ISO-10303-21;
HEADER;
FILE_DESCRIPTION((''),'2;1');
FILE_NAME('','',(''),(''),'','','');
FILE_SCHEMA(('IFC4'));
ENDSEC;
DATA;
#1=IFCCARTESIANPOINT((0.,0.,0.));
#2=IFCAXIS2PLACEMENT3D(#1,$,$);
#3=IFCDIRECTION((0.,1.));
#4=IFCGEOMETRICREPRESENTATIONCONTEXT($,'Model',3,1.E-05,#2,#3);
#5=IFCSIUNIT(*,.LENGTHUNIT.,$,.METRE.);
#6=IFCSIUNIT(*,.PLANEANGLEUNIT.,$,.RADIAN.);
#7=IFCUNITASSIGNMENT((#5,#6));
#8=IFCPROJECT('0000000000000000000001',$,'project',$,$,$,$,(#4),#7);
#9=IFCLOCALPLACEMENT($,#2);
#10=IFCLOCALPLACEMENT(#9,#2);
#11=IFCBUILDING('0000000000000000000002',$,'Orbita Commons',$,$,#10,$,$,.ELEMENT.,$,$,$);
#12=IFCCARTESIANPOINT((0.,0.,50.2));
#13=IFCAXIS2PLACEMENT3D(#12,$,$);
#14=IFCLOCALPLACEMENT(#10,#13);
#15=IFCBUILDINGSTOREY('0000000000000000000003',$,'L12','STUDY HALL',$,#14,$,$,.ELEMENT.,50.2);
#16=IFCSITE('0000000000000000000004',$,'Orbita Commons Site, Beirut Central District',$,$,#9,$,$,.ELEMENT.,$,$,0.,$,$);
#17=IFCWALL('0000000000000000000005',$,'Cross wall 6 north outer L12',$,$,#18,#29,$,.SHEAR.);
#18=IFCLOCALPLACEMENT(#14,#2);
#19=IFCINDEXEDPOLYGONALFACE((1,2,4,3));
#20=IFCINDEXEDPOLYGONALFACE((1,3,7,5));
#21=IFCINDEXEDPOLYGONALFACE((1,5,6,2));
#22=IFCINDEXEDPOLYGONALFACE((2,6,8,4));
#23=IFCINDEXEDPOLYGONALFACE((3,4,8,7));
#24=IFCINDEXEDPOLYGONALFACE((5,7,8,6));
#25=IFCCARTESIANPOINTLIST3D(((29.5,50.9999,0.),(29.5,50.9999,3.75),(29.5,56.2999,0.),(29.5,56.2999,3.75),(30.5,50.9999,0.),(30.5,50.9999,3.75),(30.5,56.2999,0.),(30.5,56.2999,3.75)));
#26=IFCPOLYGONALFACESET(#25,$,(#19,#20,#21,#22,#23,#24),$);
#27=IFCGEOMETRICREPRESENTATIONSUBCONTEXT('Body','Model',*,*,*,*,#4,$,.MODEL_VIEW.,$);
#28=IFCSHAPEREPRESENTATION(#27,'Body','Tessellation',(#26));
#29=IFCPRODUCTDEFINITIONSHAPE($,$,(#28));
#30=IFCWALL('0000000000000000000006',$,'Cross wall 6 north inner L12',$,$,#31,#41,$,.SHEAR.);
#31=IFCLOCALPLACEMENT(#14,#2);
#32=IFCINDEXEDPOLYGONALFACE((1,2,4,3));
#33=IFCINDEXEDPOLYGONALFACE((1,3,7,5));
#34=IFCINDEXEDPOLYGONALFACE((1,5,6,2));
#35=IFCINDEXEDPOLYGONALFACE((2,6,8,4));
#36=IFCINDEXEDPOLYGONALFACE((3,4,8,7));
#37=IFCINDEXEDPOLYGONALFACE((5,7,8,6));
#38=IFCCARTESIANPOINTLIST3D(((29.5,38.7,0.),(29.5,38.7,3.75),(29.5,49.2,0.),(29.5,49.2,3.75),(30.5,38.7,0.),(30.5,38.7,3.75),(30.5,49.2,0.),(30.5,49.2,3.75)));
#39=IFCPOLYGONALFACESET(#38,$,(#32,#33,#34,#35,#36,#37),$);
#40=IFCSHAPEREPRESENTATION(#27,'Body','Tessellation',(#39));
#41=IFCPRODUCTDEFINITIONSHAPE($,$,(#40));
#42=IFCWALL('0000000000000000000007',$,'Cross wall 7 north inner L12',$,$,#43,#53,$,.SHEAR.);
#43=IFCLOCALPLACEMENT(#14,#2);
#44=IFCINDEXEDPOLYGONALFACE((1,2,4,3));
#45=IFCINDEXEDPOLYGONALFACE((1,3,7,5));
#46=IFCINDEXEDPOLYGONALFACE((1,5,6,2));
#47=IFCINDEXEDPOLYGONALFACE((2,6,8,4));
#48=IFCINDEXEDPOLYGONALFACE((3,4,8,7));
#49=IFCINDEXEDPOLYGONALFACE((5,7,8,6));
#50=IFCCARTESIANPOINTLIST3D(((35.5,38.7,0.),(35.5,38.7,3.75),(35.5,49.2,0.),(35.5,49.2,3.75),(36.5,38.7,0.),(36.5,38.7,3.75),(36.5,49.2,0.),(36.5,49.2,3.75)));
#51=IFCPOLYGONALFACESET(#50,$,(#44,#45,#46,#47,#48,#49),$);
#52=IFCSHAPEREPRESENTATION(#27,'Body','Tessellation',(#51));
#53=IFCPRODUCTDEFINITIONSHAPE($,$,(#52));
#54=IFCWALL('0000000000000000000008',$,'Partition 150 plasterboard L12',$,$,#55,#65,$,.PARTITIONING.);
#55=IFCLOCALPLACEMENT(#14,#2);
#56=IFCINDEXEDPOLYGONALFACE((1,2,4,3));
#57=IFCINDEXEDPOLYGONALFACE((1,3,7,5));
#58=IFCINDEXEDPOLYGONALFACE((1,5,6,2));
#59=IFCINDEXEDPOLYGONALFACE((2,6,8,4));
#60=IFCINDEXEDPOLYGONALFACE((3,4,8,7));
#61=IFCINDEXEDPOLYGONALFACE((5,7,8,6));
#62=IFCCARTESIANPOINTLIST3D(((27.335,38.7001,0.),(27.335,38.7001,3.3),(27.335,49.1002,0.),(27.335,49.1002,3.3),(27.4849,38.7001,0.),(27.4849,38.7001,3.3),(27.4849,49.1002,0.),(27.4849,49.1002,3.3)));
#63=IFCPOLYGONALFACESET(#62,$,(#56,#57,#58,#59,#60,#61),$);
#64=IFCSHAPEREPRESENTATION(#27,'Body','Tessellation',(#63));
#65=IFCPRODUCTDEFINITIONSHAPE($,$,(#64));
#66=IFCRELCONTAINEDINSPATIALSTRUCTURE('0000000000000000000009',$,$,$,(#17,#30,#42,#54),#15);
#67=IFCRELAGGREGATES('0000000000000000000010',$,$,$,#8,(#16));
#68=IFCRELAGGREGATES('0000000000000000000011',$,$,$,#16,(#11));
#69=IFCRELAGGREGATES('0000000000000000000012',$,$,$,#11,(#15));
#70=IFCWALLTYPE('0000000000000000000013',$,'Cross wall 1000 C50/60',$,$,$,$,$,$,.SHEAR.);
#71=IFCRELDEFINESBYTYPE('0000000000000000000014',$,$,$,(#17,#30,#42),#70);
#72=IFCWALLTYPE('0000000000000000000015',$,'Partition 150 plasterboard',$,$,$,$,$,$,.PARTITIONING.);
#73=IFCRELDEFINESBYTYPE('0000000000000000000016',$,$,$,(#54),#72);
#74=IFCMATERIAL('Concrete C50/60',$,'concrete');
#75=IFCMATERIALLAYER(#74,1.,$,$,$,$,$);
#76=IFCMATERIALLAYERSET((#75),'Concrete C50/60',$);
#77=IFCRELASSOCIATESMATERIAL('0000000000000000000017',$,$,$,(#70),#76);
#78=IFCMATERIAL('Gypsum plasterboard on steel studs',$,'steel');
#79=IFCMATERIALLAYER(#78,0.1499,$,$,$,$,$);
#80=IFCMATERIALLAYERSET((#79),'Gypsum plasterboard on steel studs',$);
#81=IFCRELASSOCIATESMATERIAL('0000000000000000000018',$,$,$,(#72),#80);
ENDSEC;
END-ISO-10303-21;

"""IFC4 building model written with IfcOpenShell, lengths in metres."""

from ifc_helpers import new_model, si_unit, direction, frame, frame_2d, origin, place, context, subcontext, project, spatial, rectangle, extrude, material, layer, layer_set, type_object, element, save


model = new_model("IFC4")

# Units and contexts
model_context = context("Model", 3, precision=1e-05, world=origin(), true_north=direction((0.0, 1.0)))
body_context = subcontext(model_context, "Body", "Model", "MODEL_VIEW")
ifc_project = project(units=[si_unit("LENGTHUNIT", "METRE"), si_unit("PLANEANGLEUNIT", "RADIAN")], contexts=[model_context])

# Site, building, storey
site_placement = place(None, origin())
site = spatial("IfcSite", under=ifc_project, at=site_placement, Name="Orbita Commons Site, Beirut Central District", CompositionType="ELEMENT", RefElevation=0.0)
building_placement = place(site_placement, origin())
building = spatial("IfcBuilding", under=site, at=building_placement, Name="Orbita Commons", CompositionType="ELEMENT")
storey_placement = place(building_placement, frame((0.0, 0.0, 50.2)))
storey = spatial("IfcBuildingStorey", under=building, at=storey_placement, Name="L12", Description="STUDY HALL", CompositionType="ELEMENT", Elevation=50.2)

# Walls
ifc_material_1 = material(Name="Concrete C50/60", Category="concrete")
ifc_layer_1 = layer(ifc_material_1, 1.0)
ifc_layer_set_1 = layer_set([ifc_layer_1], Name="Concrete C50/60")
wall_type_1 = type_object("IfcWallType", Name="Cross wall 1000 C50/60", PredefinedType="SHEAR", material=ifc_layer_set_1)
wall_1_placement = place(storey_placement, frame((30.0, 51.0, 0.0), z_axis=(0.0, 0.0, 1.0), x_axis=(0.0, 1.0, 0.0)))
element("IfcWall", 1, at=wall_1_placement, inside=storey, type_object=wall_type_1, Name="Cross wall 6 north outer L12", PredefinedType="SHEAR", context=body_context, shape_type="SweptSolid", body=[
    extrude(rectangle(XDim=5.3, YDim=1.0, at=frame_2d((2.6499, 0.0))), origin(), (0.0, 0.0, 1.0), 3.75),
])
for number, where, z_axis, x_axis, name in (
    (2, (30.0, 38.7, 0.0), (0.0, 0.0, 1.0), (0.0, 1.0, 0.0), "Cross wall 6 north inner L12"),
    (3, (36.0, 38.7, 0.0), (0.0, 0.0, 1.0), (0.0, 1.0, 0.0), "Cross wall 7 north inner L12"),
):
    element("IfcWall", number, at=place(storey_placement, frame(where, z_axis=z_axis, x_axis=x_axis)), inside=storey, type_object=wall_type_1, Name=name, PredefinedType="SHEAR", context=body_context, shape_type="SweptSolid", body=[
        extrude(rectangle(XDim=10.5, YDim=1.0, at=frame_2d((5.25, 0.0))), origin(), (0.0, 0.0, 1.0), 3.75),
    ])
ifc_material_2 = material(Name="Gypsum plasterboard on steel studs", Category="steel")
ifc_layer_2 = layer(ifc_material_2, 0.1499)
ifc_layer_set_2 = layer_set([ifc_layer_2], Name="Gypsum plasterboard on steel studs")
wall_type_2 = type_object("IfcWallType", Name="Partition 150 plasterboard", PredefinedType="PARTITIONING", material=ifc_layer_set_2)
wall_2_placement = place(storey_placement, frame((27.4099, 38.7, 0.0), z_axis=(0.0, 0.0, 1.0), x_axis=(0.0, 1.0, 0.0)))
element("IfcWall", 4, at=wall_2_placement, inside=storey, type_object=wall_type_2, Name="Partition 150 plasterboard L12", PredefinedType="PARTITIONING", context=body_context, shape_type="SweptSolid", body=[
    extrude(rectangle(XDim=10.4001, YDim=0.1499, at=frame_2d((5.2002, 0.0))), origin(), (0.0, 0.0, 1.0), 3.3),
])

save(model, "model.ifc")
